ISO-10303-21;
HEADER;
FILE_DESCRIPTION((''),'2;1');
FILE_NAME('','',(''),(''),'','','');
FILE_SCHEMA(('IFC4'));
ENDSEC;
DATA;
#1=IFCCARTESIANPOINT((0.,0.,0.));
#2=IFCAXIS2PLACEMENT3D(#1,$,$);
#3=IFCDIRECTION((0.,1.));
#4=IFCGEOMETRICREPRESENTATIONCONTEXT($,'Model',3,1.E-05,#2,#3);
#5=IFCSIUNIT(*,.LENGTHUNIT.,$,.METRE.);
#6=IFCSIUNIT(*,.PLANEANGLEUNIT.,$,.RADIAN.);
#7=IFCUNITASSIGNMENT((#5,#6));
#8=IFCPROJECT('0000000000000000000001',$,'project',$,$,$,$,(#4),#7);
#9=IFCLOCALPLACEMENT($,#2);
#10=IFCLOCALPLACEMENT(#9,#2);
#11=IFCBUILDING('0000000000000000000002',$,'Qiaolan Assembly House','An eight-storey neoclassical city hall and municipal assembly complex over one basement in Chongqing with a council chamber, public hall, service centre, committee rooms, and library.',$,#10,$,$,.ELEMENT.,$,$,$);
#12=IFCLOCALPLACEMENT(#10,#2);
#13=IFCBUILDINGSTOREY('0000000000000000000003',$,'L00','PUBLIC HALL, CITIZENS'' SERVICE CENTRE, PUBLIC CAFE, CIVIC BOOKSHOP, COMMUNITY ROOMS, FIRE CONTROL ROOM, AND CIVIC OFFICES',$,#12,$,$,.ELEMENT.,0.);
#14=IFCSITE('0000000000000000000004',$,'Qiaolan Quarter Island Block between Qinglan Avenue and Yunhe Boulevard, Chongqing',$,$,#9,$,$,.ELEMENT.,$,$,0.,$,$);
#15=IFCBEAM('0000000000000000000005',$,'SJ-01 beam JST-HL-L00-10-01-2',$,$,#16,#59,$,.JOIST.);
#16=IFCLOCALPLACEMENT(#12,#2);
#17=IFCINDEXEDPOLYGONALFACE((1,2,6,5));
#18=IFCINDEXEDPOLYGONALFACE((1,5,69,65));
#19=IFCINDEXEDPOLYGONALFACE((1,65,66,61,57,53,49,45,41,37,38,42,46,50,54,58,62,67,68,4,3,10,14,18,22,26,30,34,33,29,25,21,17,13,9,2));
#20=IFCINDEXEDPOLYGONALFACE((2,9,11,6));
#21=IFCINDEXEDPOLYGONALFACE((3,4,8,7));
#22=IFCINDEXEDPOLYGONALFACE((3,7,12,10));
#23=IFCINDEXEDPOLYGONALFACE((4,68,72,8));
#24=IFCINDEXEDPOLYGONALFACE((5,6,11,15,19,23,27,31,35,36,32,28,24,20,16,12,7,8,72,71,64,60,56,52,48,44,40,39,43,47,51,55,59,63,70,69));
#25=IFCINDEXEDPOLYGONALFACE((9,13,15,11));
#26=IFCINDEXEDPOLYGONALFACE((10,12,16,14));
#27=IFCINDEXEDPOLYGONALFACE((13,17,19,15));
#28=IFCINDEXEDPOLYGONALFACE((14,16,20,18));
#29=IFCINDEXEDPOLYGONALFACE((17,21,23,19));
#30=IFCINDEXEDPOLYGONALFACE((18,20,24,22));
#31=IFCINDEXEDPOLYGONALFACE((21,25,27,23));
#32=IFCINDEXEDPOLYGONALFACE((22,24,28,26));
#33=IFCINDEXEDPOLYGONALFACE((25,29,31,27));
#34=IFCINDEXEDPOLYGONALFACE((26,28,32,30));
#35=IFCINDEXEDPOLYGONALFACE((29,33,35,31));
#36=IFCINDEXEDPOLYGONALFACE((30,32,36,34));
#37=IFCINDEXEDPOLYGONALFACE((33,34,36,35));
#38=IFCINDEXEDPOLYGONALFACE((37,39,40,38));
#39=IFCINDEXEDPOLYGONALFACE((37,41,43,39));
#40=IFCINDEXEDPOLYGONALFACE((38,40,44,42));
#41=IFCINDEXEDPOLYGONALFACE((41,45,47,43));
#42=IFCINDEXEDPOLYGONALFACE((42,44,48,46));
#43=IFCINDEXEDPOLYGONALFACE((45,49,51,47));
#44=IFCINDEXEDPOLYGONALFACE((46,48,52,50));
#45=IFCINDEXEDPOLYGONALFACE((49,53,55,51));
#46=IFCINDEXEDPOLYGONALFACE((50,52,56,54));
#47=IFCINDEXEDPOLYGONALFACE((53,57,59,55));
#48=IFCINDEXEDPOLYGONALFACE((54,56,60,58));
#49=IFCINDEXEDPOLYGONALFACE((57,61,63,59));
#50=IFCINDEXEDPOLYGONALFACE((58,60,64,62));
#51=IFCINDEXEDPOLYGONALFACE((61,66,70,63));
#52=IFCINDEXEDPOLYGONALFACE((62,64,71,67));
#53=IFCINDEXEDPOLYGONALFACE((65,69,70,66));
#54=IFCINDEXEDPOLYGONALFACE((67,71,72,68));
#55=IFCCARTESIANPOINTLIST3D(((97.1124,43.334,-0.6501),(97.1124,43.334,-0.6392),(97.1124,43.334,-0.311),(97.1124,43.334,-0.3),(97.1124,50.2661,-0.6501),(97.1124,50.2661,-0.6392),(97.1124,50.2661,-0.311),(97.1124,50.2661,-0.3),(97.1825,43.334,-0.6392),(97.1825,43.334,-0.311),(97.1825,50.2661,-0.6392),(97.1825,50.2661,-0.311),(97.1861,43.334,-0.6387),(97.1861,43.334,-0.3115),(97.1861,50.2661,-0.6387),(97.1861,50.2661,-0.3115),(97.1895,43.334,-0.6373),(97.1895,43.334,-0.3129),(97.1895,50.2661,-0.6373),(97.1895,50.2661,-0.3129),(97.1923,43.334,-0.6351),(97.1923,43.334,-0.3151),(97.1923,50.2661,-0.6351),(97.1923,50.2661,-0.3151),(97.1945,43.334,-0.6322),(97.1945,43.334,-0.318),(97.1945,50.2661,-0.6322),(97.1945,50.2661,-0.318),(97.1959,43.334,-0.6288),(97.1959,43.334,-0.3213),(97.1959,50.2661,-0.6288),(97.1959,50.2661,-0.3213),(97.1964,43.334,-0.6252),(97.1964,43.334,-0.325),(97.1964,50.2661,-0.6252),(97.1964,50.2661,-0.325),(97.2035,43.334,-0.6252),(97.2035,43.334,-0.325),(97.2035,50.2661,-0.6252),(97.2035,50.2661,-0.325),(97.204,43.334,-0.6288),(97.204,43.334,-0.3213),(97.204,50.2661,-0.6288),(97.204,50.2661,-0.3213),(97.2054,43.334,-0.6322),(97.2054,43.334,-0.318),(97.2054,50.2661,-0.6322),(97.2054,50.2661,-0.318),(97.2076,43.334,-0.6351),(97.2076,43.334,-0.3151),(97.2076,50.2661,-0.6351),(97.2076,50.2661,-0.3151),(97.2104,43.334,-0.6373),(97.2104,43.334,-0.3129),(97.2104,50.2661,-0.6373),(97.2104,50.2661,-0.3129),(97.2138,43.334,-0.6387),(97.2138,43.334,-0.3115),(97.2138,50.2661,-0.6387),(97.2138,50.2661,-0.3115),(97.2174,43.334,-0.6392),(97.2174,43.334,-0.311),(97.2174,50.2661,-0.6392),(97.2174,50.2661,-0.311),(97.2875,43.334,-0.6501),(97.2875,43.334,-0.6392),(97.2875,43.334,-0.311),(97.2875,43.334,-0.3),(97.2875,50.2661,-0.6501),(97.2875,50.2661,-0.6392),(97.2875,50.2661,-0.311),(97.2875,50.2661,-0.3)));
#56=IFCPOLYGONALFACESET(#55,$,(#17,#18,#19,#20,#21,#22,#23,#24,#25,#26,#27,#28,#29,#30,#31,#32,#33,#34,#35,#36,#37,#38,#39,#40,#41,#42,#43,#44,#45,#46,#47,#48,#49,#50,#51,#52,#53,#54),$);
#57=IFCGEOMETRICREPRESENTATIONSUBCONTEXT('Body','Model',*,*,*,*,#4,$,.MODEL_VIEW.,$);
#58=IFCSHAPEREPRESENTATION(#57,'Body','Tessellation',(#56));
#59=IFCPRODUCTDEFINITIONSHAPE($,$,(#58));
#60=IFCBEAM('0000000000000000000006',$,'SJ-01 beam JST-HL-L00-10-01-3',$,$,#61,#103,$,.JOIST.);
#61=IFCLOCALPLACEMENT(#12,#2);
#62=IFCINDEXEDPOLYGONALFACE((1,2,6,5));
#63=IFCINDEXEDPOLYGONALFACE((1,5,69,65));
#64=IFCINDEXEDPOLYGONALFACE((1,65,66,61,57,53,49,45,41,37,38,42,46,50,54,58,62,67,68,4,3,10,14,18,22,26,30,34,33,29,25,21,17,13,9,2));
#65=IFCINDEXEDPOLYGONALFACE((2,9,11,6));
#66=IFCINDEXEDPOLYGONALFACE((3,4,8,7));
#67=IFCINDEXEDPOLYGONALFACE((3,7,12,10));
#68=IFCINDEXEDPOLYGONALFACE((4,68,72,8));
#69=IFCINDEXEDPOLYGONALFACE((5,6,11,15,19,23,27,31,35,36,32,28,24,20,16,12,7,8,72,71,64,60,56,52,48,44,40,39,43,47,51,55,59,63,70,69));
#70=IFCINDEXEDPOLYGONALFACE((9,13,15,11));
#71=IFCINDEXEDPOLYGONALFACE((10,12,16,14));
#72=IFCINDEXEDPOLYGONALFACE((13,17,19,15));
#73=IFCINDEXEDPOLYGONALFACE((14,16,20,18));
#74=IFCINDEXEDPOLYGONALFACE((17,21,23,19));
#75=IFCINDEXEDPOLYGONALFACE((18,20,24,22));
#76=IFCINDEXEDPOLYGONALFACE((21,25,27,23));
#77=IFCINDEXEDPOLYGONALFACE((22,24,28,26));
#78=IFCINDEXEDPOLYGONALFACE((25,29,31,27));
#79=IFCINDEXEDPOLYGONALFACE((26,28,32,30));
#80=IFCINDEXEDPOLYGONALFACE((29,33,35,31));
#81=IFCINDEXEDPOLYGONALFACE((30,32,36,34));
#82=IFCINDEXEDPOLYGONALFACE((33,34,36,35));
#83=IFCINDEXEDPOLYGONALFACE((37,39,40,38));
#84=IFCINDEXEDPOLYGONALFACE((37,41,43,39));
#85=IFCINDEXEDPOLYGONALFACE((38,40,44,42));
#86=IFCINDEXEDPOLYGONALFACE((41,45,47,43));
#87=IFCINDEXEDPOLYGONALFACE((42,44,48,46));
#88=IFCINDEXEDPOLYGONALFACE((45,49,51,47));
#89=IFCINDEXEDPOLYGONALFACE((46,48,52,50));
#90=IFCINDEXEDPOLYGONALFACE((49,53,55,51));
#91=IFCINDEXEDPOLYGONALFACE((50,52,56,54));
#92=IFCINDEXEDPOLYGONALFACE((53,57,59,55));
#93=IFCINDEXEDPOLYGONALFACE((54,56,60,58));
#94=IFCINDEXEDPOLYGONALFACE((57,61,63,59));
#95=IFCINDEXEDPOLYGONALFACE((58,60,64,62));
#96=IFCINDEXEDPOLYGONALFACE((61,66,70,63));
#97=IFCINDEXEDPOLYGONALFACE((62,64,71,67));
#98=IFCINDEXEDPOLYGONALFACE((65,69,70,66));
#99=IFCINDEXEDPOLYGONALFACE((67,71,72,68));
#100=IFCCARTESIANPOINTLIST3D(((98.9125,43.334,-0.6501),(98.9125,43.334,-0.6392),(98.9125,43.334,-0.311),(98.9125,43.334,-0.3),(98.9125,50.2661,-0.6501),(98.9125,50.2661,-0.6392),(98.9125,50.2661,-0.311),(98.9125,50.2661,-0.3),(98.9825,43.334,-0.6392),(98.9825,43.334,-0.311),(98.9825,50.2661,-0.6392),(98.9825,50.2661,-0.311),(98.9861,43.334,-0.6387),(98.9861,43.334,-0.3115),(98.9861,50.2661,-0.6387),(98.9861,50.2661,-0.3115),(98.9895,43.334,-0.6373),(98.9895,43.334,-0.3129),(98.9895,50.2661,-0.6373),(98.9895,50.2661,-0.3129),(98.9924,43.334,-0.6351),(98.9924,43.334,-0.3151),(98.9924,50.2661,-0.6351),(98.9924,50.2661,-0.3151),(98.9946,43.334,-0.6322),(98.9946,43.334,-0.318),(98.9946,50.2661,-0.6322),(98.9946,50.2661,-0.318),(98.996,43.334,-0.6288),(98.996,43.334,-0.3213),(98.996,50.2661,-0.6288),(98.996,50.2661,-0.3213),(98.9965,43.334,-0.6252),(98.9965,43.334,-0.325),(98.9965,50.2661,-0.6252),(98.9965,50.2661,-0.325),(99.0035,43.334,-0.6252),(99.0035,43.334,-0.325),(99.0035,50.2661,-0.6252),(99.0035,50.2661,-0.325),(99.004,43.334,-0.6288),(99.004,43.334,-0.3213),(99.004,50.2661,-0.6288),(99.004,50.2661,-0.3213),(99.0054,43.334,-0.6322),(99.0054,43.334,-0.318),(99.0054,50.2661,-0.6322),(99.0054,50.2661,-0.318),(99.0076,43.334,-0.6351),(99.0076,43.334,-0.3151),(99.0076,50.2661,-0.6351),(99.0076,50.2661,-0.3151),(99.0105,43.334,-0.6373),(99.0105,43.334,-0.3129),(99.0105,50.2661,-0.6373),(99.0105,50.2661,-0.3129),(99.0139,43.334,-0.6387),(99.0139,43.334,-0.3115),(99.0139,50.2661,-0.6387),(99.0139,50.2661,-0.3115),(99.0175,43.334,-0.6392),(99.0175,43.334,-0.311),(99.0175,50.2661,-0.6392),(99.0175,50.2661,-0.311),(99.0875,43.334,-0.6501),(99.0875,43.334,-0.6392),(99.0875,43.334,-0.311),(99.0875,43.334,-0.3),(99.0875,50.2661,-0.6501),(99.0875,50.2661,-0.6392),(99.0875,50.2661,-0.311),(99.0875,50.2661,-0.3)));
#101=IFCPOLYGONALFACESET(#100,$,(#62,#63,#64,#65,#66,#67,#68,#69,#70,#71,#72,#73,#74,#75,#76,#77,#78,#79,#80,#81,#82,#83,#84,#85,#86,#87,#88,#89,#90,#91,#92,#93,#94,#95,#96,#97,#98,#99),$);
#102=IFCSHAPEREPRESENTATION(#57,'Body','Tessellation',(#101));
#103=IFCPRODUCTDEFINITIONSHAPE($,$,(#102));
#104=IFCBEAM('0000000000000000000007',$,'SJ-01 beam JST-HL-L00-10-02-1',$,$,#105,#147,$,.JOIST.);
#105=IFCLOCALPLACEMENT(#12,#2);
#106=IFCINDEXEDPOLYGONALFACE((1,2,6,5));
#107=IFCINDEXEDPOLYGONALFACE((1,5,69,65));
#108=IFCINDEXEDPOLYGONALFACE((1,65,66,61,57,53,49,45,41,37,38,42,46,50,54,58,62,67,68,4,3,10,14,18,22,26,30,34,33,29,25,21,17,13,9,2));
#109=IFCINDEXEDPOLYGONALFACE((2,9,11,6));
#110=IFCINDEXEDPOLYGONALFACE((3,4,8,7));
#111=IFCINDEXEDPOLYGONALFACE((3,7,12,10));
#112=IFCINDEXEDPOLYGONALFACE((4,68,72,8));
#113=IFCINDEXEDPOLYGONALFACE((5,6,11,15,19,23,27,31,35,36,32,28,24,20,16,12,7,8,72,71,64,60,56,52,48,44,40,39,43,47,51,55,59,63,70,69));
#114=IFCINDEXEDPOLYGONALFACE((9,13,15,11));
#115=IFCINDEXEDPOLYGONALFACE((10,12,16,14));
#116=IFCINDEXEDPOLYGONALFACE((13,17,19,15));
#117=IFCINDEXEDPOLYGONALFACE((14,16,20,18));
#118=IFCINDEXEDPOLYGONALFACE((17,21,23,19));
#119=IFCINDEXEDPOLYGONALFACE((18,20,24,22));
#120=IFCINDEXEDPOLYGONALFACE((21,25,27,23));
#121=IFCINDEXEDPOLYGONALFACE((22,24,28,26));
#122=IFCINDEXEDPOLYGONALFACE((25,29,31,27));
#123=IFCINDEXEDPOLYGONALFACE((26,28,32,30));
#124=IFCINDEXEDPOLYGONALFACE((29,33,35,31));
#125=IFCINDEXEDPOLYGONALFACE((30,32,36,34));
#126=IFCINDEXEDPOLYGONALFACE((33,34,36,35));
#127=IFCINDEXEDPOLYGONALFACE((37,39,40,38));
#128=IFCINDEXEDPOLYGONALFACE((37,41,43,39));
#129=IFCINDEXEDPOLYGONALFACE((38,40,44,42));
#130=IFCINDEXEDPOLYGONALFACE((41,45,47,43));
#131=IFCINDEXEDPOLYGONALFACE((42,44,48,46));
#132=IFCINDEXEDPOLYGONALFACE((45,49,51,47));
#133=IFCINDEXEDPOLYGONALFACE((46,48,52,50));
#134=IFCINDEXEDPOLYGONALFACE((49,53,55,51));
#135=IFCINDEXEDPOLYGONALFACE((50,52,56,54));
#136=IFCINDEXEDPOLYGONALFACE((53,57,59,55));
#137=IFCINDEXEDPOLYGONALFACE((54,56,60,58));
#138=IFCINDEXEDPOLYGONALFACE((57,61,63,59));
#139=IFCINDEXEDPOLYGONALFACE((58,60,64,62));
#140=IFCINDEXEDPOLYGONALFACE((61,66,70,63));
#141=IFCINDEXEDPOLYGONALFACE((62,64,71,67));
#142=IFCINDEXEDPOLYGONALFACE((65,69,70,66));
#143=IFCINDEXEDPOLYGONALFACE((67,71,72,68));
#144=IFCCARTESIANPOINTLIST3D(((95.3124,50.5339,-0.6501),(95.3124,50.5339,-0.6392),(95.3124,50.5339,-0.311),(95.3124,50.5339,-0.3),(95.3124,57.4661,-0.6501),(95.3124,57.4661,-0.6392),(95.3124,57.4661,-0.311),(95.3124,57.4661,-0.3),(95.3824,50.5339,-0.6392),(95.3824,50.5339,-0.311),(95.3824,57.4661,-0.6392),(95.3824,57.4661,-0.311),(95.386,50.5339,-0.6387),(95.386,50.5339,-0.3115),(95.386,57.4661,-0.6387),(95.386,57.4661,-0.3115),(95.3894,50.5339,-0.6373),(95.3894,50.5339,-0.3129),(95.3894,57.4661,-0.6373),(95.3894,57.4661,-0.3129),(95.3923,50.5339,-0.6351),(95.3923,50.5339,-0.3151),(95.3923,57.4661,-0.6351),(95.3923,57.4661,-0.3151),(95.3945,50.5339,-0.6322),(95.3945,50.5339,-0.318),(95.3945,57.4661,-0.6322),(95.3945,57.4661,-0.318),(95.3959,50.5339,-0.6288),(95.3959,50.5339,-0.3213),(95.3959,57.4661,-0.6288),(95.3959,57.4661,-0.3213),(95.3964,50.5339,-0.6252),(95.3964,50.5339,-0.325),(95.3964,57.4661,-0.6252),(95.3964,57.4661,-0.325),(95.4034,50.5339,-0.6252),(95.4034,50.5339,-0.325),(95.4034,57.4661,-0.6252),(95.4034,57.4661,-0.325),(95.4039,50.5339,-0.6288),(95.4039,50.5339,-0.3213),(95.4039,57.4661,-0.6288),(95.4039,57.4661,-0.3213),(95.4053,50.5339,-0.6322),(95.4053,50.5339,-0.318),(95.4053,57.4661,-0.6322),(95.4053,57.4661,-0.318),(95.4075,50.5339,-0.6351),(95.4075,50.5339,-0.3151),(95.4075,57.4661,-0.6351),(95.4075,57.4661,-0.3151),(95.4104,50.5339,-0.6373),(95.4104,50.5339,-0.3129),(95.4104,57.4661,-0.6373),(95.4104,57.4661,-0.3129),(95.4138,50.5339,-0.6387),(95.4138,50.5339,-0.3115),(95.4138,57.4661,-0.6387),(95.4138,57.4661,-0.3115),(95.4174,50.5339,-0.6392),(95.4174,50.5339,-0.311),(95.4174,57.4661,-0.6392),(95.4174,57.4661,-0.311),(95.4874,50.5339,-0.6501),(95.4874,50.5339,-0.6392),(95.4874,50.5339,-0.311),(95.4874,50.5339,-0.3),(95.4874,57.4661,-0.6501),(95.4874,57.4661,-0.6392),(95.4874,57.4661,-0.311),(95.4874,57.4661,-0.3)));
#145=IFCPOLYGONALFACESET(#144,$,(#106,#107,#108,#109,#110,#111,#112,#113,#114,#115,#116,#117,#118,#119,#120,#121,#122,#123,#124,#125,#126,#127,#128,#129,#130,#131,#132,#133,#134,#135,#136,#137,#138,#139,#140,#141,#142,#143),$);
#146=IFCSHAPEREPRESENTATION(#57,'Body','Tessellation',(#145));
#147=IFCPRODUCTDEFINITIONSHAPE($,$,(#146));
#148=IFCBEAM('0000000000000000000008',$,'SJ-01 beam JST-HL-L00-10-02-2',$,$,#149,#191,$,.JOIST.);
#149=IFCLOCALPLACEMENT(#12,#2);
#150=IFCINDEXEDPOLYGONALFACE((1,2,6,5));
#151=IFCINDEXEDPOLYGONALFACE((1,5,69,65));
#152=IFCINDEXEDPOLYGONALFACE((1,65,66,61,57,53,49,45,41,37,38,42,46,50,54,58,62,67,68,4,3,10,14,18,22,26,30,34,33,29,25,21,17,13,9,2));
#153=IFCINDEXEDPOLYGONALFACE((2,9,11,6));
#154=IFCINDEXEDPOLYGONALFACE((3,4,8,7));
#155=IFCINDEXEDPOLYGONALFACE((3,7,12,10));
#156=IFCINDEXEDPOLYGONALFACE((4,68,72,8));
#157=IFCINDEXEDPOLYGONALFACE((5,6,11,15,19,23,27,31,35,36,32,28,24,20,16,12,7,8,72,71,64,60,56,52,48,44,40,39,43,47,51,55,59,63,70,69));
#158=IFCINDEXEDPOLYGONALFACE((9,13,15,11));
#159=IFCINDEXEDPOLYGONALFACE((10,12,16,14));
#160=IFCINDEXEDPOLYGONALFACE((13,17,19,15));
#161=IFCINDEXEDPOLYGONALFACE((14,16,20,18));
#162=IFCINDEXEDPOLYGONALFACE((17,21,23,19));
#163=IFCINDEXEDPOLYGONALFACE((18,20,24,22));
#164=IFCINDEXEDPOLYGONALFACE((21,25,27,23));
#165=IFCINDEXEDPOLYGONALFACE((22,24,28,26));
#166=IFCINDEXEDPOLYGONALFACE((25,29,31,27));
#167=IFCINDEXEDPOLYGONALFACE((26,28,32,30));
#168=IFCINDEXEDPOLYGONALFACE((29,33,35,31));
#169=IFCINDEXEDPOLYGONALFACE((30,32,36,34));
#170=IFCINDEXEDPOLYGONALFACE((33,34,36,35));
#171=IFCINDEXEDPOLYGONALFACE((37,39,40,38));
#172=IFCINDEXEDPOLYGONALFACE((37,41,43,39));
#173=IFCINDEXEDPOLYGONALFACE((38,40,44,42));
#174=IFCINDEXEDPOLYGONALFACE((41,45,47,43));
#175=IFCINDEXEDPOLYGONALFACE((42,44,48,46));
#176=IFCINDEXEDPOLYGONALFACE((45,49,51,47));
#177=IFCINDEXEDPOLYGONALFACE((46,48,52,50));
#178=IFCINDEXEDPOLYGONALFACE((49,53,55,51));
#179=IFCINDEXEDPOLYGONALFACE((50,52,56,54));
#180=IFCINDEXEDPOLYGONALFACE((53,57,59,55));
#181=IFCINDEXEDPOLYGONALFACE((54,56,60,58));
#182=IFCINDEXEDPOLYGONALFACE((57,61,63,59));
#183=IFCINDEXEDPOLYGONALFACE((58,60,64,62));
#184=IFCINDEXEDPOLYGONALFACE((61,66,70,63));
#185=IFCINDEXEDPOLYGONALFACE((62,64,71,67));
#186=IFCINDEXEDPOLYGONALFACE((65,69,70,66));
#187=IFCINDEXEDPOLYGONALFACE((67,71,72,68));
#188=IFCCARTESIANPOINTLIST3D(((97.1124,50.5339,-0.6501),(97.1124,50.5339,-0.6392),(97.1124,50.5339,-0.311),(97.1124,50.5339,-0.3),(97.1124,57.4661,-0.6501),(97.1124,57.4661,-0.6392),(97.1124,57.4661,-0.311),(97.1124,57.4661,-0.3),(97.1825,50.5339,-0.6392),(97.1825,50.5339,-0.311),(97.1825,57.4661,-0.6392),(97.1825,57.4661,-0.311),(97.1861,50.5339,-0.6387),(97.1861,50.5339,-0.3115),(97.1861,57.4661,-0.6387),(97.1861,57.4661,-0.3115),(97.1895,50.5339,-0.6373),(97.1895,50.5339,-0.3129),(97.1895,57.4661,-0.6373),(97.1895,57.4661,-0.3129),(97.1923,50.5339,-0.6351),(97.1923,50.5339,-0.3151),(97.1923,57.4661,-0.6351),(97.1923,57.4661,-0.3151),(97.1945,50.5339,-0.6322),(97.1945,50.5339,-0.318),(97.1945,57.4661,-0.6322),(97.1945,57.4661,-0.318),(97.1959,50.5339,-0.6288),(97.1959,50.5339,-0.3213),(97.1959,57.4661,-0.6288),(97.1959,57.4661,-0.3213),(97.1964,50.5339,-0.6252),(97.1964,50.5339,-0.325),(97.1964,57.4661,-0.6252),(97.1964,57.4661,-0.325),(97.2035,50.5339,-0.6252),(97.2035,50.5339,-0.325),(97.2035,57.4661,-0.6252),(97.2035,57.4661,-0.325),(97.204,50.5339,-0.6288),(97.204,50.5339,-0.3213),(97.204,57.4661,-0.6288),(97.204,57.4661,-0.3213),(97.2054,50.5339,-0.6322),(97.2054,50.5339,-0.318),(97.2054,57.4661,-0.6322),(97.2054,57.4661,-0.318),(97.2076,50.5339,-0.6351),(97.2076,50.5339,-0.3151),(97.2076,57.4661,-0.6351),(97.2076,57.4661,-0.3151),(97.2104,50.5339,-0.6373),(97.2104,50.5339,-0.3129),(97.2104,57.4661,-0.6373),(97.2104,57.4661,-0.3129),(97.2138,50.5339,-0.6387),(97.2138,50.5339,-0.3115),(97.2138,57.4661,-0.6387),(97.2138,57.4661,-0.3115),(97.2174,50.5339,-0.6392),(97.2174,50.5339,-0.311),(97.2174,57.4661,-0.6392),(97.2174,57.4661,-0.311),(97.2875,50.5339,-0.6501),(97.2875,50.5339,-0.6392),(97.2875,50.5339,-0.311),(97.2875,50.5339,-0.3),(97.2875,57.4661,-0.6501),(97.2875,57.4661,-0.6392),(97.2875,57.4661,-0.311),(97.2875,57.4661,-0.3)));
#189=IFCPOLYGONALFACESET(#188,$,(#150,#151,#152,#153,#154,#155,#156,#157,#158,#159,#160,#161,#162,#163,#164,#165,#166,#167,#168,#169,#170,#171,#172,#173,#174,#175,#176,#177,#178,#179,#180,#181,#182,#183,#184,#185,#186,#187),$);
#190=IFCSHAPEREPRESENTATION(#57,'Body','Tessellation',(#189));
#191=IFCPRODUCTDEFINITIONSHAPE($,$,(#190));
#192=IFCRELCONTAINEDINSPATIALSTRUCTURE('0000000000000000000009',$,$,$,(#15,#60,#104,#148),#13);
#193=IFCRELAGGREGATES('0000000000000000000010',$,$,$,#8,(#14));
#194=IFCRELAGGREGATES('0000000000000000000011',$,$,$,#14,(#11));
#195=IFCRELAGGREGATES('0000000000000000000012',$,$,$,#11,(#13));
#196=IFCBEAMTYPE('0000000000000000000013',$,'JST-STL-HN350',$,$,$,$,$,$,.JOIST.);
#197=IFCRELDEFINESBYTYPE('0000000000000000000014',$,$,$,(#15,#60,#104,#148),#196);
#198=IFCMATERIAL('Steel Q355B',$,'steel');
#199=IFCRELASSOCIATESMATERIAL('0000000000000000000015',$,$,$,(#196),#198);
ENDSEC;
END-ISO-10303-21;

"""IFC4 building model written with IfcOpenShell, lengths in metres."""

from ifc_helpers import new_model, si_unit, direction, frame, origin, origin_2d, place, context, subcontext, project, spatial, i_section, extrude, material, material_profile, profile_set, type_object, element, save


model = new_model("IFC4")

# Units and contexts
model_context = context("Model", 3, precision=1e-05, world=origin(), true_north=direction((0.0, 1.0)))
body_context = subcontext(model_context, "Body", "Model", "MODEL_VIEW")
ifc_project = project(units=[si_unit("LENGTHUNIT", "METRE"), si_unit("PLANEANGLEUNIT", "RADIAN")], contexts=[model_context])

# Site, building, storey
site_placement = place(None, origin())
site = spatial("IfcSite", under=ifc_project, at=site_placement, Name="Qiaolan Quarter Island Block between Qinglan Avenue and Yunhe Boulevard, Chongqing", CompositionType="ELEMENT", RefElevation=0.0)
building_placement = place(site_placement, origin())
building = spatial("IfcBuilding", under=site, at=building_placement, Name="Qiaolan Assembly House", Description="An eight-storey neoclassical city hall and municipal assembly complex over one basement in Chongqing with a council chamber, public hall, service centre, committee rooms, and library.", CompositionType="ELEMENT")
storey_placement = place(building_placement, origin())
storey = spatial("IfcBuildingStorey", under=building, at=storey_placement, Name="L00", Description="PUBLIC HALL, CITIZENS' SERVICE CENTRE, PUBLIC CAFE, CIVIC BOOKSHOP, COMMUNITY ROOMS, FIRE CONTROL ROOM, AND CIVIC OFFICES", CompositionType="ELEMENT", Elevation=0.0)

# Shared definitions
ifc_material_1 = material(Name="Steel Q355B", Category="steel")

# Beams
ifc_material_profile_1 = material_profile(ifc_material_1, i_section(OverallWidth=0.175, OverallDepth=0.3501, WebThickness=0.0071, FlangeThickness=0.011, FilletRadius=0.0139, at=origin_2d()), Name="HN 350x175x7x11")
ifc_profile_set_1 = profile_set([ifc_material_profile_1], Name="Steel Q355B")
beam_type_1 = type_object("IfcBeamType", Name="JST-STL-HN350", PredefinedType="JOIST", material=ifc_profile_set_1)
for number, where, z_axis, x_axis, name in (
    (1, (97.2, 43.334, -0.4751), (0.0, 1.0, 0.0), (-1.0, 0.0, 0.0), "SJ-01 beam JST-HL-L00-10-01-2"),
    (2, (99.0, 43.334, -0.4751), (0.0, 1.0, 0.0), (-1.0, 0.0, 0.0), "SJ-01 beam JST-HL-L00-10-01-3"),
    (3, (95.3999, 50.5339, -0.4751), (0.0, 1.0, 0.0), (-1.0, 0.0, 0.0), "SJ-01 beam JST-HL-L00-10-02-1"),
    (4, (97.2, 50.5339, -0.4751), (0.0, 1.0, 0.0), (-1.0, 0.0, 0.0), "SJ-01 beam JST-HL-L00-10-02-2"),
):
    element("IfcBeam", number, at=place(storey_placement, frame(where, z_axis=z_axis, x_axis=x_axis)), inside=storey, type_object=beam_type_1, Name=name, PredefinedType="JOIST", context=body_context, shape_type="SweptSolid", body=[
        extrude(i_section(OverallWidth=0.175, OverallDepth=0.3501, WebThickness=0.0071, FlangeThickness=0.011, FilletRadius=0.0139, at=origin_2d()), origin(), (0.0, 0.0, 1.0), 6.9321),
    ])

save(model, "model.ifc")
